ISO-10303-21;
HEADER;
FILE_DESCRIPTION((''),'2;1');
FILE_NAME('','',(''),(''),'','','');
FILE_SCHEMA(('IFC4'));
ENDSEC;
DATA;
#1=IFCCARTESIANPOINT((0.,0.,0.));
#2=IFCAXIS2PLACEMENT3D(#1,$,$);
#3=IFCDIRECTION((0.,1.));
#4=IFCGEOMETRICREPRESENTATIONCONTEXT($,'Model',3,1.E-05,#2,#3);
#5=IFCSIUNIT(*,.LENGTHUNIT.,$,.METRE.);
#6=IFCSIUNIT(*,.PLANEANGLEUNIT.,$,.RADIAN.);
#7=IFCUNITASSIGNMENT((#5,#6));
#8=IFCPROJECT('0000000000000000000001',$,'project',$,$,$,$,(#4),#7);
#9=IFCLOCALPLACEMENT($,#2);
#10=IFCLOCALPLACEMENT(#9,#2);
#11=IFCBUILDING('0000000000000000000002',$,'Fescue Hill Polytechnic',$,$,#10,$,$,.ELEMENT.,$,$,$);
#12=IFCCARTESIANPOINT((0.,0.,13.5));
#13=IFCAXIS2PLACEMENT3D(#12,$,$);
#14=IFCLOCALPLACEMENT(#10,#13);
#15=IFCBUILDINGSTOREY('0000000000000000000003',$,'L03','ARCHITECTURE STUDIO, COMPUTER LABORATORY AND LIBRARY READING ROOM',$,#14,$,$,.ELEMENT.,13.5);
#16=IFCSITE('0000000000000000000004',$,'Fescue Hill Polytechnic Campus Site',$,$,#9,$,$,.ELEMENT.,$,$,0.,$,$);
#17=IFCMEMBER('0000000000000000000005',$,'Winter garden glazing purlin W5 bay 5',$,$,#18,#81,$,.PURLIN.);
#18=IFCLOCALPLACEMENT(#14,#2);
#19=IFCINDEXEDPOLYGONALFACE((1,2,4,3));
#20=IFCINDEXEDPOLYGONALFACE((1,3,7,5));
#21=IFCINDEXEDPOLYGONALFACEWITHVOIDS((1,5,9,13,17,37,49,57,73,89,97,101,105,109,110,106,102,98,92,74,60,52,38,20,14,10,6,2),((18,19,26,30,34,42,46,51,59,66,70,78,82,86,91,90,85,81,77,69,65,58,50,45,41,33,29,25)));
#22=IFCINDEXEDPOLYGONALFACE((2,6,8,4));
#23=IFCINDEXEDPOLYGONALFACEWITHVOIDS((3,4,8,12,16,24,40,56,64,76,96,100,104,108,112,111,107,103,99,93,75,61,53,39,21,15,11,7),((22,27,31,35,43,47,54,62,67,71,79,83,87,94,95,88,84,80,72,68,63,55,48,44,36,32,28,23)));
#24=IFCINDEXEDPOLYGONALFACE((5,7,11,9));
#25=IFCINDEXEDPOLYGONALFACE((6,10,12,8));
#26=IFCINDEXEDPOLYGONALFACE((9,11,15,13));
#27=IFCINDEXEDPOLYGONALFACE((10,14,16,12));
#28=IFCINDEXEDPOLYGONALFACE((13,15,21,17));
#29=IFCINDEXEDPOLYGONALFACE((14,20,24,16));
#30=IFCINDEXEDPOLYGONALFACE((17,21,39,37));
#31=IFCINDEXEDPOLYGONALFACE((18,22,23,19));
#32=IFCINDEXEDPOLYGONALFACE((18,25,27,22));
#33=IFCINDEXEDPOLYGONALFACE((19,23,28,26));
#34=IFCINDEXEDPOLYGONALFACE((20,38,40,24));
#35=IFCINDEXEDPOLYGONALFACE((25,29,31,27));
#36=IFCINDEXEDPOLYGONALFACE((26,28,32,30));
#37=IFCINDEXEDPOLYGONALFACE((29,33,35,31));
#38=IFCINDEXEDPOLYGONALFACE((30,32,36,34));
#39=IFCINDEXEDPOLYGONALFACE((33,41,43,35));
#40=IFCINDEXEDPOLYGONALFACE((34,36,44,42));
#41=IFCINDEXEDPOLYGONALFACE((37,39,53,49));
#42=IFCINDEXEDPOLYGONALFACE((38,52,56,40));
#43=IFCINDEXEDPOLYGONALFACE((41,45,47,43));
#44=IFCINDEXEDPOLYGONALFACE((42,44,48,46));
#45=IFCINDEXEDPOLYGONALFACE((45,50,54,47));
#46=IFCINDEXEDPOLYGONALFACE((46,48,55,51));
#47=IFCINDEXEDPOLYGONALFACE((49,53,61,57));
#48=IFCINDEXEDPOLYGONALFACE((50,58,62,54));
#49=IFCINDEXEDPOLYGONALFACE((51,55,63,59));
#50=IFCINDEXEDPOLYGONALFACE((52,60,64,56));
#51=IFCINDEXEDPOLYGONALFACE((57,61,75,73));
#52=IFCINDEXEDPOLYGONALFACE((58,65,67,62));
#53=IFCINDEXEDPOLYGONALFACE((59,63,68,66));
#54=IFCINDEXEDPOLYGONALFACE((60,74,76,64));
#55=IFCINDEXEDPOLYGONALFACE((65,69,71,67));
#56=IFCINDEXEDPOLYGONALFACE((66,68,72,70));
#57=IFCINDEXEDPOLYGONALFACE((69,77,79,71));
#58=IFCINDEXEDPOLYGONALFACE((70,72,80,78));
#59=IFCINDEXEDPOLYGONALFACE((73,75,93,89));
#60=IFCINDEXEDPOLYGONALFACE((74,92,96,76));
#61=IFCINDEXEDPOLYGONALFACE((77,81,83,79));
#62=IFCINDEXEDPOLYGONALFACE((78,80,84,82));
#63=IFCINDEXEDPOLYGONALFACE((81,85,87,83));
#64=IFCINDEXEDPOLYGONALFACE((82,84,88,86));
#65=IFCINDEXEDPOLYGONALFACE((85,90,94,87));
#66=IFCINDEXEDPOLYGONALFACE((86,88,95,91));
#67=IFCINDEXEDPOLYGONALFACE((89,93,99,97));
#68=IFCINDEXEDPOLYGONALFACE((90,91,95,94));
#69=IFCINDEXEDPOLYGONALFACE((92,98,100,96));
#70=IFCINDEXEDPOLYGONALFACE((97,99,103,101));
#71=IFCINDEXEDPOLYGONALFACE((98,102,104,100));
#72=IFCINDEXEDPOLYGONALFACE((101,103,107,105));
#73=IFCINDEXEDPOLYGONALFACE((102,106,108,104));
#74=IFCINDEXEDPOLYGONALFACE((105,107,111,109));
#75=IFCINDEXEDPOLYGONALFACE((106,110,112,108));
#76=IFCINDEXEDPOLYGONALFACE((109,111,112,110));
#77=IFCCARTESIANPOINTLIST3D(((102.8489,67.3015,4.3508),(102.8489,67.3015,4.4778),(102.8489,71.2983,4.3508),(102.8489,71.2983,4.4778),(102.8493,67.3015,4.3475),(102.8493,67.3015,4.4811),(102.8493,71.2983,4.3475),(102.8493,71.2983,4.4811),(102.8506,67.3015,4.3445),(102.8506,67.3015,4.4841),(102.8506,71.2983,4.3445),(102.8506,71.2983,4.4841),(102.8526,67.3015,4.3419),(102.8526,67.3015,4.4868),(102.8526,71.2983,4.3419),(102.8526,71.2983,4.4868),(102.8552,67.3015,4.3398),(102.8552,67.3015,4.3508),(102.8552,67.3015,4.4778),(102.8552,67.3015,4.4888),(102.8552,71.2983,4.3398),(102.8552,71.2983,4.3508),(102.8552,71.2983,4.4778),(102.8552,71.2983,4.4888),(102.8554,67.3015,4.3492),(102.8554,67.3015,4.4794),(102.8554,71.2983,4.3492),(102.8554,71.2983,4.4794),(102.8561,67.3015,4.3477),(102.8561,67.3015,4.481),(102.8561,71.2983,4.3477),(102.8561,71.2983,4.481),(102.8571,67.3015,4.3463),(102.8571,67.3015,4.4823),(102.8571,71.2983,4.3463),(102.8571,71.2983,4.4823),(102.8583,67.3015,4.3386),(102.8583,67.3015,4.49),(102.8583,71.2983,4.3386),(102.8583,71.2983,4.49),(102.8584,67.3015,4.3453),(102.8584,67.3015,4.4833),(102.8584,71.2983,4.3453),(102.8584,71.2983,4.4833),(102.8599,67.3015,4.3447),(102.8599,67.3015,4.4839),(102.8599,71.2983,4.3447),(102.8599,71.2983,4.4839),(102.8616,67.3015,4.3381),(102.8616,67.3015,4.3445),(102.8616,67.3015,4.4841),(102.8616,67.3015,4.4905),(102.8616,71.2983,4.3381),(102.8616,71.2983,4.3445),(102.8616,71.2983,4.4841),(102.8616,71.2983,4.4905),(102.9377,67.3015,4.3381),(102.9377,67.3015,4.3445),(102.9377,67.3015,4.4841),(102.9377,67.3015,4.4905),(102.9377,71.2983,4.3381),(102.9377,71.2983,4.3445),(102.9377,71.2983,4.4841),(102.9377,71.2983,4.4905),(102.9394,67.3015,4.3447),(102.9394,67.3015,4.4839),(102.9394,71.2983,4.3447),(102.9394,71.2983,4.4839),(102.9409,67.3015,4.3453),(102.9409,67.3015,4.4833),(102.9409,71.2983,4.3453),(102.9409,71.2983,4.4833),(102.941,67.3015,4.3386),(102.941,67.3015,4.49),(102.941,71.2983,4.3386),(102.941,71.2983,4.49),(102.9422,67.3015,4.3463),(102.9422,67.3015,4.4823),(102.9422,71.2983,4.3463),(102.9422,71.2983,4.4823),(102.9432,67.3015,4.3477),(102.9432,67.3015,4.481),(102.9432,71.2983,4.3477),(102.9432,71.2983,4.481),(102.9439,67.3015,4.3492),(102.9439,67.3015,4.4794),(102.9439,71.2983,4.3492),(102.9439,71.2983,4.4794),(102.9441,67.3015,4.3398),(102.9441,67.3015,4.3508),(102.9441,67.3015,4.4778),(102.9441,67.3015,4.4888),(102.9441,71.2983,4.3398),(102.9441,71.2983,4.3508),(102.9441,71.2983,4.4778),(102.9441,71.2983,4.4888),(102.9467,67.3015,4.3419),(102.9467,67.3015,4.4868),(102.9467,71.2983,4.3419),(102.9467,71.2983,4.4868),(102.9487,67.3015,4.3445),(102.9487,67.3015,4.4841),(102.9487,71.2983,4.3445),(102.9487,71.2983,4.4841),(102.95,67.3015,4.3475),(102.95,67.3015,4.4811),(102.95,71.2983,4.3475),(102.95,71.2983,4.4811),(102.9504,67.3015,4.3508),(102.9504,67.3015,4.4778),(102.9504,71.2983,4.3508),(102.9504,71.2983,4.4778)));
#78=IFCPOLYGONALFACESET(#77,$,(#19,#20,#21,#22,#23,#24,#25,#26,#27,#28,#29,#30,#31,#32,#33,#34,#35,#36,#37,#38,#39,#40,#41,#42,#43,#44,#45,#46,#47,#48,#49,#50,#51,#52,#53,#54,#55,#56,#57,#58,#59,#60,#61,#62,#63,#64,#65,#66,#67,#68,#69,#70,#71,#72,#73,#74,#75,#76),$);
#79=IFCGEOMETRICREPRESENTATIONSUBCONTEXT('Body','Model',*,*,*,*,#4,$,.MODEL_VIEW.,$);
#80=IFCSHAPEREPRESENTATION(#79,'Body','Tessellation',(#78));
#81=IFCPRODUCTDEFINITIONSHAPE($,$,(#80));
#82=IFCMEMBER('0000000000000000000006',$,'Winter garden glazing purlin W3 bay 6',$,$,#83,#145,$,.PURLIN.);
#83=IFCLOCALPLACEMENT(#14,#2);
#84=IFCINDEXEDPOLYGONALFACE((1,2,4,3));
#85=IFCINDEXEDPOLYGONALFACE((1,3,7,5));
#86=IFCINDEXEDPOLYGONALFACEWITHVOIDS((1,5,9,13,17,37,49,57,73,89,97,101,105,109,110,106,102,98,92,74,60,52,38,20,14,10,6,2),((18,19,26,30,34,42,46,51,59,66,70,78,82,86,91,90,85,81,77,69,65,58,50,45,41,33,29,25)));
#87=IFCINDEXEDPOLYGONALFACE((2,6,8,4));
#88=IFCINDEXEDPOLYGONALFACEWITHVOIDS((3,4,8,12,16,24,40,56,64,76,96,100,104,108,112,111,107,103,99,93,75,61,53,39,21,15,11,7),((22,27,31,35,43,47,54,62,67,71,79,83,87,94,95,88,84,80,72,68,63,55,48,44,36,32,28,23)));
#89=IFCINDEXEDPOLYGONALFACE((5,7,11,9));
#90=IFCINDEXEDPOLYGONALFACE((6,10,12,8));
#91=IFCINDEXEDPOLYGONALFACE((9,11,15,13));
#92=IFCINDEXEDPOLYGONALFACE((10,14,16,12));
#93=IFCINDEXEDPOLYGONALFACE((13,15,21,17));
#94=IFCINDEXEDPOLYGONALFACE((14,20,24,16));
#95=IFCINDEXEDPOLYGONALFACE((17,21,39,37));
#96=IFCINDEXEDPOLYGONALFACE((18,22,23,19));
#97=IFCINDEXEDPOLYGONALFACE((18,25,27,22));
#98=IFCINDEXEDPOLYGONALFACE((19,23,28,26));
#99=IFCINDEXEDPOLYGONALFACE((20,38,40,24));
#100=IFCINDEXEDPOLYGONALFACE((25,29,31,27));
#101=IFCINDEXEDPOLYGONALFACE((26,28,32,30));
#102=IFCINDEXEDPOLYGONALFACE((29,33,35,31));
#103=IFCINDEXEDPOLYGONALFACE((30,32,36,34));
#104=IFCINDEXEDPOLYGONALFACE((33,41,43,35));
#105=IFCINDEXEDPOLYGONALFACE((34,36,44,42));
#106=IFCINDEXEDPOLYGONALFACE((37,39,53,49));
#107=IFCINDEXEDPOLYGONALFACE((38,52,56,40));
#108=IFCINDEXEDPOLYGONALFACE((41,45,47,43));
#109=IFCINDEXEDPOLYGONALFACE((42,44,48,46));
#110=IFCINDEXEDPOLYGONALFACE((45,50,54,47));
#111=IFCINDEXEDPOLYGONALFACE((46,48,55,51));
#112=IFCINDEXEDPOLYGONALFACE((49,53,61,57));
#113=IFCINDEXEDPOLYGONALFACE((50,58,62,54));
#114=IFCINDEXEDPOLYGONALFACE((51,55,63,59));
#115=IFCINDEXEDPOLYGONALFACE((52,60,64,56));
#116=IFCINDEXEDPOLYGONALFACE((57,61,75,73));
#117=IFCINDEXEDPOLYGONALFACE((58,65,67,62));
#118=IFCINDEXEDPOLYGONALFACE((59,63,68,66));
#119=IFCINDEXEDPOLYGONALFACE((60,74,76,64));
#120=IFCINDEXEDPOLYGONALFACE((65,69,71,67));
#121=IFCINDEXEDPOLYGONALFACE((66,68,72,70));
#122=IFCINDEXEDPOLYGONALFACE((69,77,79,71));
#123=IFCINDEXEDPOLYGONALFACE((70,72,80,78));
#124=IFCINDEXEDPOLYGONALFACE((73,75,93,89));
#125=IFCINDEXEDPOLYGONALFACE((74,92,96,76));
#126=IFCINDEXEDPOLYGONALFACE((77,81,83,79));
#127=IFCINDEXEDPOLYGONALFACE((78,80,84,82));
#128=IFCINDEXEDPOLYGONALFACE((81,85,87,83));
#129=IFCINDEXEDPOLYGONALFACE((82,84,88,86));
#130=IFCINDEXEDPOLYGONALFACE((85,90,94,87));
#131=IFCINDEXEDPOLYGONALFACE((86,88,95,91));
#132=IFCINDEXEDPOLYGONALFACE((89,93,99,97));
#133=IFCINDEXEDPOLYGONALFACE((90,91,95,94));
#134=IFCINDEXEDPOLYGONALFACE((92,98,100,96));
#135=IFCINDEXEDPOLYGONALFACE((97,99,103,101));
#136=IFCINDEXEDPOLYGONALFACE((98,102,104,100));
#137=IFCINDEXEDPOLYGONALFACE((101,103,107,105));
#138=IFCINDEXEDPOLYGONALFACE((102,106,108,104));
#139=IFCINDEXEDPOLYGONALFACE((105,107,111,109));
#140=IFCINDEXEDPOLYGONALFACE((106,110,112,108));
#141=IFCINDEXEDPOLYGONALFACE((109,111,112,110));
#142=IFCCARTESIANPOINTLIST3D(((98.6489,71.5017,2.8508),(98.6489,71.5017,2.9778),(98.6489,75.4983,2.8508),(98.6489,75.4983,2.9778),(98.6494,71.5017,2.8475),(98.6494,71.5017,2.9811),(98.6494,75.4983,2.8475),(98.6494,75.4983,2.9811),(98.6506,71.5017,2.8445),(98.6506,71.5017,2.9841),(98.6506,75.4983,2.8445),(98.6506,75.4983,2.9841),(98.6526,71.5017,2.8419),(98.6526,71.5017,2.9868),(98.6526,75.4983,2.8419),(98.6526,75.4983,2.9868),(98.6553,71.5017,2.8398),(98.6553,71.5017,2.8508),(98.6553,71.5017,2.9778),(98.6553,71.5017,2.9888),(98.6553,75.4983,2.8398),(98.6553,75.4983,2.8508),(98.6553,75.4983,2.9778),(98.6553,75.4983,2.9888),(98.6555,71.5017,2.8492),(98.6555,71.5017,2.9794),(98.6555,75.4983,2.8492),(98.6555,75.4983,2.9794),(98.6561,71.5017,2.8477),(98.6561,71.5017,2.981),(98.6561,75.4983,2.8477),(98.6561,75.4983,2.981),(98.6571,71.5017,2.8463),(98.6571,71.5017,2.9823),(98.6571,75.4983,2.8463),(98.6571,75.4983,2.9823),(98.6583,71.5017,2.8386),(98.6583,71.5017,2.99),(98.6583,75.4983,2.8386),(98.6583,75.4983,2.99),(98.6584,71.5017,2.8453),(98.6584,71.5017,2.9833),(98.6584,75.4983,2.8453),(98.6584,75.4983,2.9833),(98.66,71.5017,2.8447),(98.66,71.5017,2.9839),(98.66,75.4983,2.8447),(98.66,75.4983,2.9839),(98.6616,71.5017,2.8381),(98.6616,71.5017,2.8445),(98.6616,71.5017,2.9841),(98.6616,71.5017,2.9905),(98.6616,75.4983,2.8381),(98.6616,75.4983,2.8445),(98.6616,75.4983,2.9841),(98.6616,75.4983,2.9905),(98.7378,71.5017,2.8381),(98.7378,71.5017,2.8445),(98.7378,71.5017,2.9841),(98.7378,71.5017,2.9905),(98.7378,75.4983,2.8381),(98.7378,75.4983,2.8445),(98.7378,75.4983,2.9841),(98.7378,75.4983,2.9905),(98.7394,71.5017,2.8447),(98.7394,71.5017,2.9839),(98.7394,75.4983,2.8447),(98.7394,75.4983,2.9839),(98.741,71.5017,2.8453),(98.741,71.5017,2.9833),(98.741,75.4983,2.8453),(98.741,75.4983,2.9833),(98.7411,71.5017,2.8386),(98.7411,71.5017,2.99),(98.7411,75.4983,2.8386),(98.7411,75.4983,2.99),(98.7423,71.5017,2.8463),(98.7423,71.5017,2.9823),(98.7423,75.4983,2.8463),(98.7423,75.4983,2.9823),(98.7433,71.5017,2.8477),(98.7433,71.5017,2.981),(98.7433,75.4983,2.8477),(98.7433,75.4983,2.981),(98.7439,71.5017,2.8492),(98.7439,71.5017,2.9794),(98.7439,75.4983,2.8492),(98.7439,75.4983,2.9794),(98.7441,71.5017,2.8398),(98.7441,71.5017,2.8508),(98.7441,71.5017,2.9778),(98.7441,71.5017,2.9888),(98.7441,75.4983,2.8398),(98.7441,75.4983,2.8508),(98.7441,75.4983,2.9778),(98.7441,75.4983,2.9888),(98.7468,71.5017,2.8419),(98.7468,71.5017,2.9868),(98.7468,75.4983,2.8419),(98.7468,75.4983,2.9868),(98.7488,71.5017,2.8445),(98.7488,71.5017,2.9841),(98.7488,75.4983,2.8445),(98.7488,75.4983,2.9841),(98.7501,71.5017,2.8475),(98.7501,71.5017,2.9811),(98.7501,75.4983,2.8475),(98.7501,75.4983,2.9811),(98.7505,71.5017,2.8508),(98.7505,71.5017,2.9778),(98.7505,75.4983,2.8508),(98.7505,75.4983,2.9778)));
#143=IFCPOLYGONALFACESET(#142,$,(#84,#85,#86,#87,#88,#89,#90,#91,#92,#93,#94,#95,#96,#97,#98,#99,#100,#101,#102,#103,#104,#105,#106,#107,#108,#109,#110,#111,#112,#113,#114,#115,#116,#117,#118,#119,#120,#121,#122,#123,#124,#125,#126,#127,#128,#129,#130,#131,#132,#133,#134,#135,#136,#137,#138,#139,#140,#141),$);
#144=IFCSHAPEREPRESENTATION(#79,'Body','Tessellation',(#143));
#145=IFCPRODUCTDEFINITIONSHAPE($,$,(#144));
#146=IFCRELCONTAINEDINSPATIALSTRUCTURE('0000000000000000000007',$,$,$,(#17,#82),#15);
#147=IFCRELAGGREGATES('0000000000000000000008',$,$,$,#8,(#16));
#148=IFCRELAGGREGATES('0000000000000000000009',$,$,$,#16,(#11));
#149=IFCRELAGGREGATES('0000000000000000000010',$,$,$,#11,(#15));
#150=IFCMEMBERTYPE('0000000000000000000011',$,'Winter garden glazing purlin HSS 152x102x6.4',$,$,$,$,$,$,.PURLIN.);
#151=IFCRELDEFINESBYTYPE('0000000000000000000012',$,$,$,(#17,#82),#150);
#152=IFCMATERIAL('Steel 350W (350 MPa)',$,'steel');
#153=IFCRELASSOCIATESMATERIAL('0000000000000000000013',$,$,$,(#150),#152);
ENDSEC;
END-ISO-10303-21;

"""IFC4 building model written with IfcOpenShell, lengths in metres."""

from ifc_helpers import new_model, si_unit, direction, frame, origin, origin_2d, place, context, subcontext, project, spatial, hollow_rectangle, extrude, material, material_profile, profile_set, type_object, element, save


model = new_model("IFC4")

# Units and contexts
model_context = context("Model", 3, precision=1e-05, world=origin(), true_north=direction((0.0, 1.0)))
body_context = subcontext(model_context, "Body", "Model", "MODEL_VIEW")
ifc_project = project(units=[si_unit("LENGTHUNIT", "METRE"), si_unit("PLANEANGLEUNIT", "RADIAN")], contexts=[model_context])

# Site, building, storey
site_placement = place(None, origin())
site = spatial("IfcSite", under=ifc_project, at=site_placement, Name="Fescue Hill Polytechnic Campus Site", CompositionType="ELEMENT", RefElevation=0.0)
building_placement = place(site_placement, origin())
building = spatial("IfcBuilding", under=site, at=building_placement, Name="Fescue Hill Polytechnic", CompositionType="ELEMENT")
storey_placement = place(building_placement, frame((0.0, 0.0, 13.5)))
storey = spatial("IfcBuildingStorey", under=building, at=storey_placement, Name="L03", Description="ARCHITECTURE STUDIO, COMPUTER LABORATORY AND LIBRARY READING ROOM", CompositionType="ELEMENT", Elevation=13.5)

# Members
ifc_material_1 = material(Name="Steel 350W (350 MPa)", Category="steel")
ifc_material_profile_1 = material_profile(ifc_material_1, hollow_rectangle(XDim=0.1016, YDim=0.1523, WallThickness=0.0063, InnerFilletRadius=0.0063, OuterFilletRadius=0.0127, at=origin_2d()), Name="Winter garden glazing purlin HSS 152x102x6.4")
ifc_profile_set_1 = profile_set([ifc_material_profile_1], Name="Steel 350W (350 MPa)")
member_type_1 = type_object("IfcMemberType", Name="Winter garden glazing purlin HSS 152x102x6.4", PredefinedType="PURLIN", material=ifc_profile_set_1)
for number, where, z_axis, x_axis, name in (
    (1, (102.8997, 67.3015, 4.4143), (0.0, 1.0, 0.0), (-1.0, 0.0, 0.0), "Winter garden glazing purlin W5 bay 5"),
):
    element("IfcMember", number, at=place(storey_placement, frame(where, z_axis=z_axis, x_axis=x_axis)), inside=storey, type_object=member_type_1, Name=name, PredefinedType="PURLIN", context=body_context, shape_type="SweptSolid", body=[
        extrude(hollow_rectangle(XDim=0.1016, YDim=0.1523, WallThickness=0.0063, InnerFilletRadius=0.0063, OuterFilletRadius=0.0127, at=origin_2d()), origin(), (0.0, 0.0, 1.0), 3.9968),
    ])
for number, where, z_axis, x_axis, name in (
    (2, (98.6997, 71.5017, 2.9143), (0.0, 1.0, 0.0), (-1.0, 0.0, 0.0), "Winter garden glazing purlin W3 bay 6"),
):
    element("IfcMember", number, at=place(storey_placement, frame(where, z_axis=z_axis, x_axis=x_axis)), inside=storey, type_object=member_type_1, Name=name, PredefinedType="PURLIN", context=body_context, shape_type="SweptSolid", body=[
        extrude(hollow_rectangle(XDim=0.1016, YDim=0.1523, WallThickness=0.0063, InnerFilletRadius=0.0063, OuterFilletRadius=0.0127, at=origin_2d()), origin(), (0.0, 0.0, 1.0), 3.9966),
    ])

save(model, "model.ifc")
